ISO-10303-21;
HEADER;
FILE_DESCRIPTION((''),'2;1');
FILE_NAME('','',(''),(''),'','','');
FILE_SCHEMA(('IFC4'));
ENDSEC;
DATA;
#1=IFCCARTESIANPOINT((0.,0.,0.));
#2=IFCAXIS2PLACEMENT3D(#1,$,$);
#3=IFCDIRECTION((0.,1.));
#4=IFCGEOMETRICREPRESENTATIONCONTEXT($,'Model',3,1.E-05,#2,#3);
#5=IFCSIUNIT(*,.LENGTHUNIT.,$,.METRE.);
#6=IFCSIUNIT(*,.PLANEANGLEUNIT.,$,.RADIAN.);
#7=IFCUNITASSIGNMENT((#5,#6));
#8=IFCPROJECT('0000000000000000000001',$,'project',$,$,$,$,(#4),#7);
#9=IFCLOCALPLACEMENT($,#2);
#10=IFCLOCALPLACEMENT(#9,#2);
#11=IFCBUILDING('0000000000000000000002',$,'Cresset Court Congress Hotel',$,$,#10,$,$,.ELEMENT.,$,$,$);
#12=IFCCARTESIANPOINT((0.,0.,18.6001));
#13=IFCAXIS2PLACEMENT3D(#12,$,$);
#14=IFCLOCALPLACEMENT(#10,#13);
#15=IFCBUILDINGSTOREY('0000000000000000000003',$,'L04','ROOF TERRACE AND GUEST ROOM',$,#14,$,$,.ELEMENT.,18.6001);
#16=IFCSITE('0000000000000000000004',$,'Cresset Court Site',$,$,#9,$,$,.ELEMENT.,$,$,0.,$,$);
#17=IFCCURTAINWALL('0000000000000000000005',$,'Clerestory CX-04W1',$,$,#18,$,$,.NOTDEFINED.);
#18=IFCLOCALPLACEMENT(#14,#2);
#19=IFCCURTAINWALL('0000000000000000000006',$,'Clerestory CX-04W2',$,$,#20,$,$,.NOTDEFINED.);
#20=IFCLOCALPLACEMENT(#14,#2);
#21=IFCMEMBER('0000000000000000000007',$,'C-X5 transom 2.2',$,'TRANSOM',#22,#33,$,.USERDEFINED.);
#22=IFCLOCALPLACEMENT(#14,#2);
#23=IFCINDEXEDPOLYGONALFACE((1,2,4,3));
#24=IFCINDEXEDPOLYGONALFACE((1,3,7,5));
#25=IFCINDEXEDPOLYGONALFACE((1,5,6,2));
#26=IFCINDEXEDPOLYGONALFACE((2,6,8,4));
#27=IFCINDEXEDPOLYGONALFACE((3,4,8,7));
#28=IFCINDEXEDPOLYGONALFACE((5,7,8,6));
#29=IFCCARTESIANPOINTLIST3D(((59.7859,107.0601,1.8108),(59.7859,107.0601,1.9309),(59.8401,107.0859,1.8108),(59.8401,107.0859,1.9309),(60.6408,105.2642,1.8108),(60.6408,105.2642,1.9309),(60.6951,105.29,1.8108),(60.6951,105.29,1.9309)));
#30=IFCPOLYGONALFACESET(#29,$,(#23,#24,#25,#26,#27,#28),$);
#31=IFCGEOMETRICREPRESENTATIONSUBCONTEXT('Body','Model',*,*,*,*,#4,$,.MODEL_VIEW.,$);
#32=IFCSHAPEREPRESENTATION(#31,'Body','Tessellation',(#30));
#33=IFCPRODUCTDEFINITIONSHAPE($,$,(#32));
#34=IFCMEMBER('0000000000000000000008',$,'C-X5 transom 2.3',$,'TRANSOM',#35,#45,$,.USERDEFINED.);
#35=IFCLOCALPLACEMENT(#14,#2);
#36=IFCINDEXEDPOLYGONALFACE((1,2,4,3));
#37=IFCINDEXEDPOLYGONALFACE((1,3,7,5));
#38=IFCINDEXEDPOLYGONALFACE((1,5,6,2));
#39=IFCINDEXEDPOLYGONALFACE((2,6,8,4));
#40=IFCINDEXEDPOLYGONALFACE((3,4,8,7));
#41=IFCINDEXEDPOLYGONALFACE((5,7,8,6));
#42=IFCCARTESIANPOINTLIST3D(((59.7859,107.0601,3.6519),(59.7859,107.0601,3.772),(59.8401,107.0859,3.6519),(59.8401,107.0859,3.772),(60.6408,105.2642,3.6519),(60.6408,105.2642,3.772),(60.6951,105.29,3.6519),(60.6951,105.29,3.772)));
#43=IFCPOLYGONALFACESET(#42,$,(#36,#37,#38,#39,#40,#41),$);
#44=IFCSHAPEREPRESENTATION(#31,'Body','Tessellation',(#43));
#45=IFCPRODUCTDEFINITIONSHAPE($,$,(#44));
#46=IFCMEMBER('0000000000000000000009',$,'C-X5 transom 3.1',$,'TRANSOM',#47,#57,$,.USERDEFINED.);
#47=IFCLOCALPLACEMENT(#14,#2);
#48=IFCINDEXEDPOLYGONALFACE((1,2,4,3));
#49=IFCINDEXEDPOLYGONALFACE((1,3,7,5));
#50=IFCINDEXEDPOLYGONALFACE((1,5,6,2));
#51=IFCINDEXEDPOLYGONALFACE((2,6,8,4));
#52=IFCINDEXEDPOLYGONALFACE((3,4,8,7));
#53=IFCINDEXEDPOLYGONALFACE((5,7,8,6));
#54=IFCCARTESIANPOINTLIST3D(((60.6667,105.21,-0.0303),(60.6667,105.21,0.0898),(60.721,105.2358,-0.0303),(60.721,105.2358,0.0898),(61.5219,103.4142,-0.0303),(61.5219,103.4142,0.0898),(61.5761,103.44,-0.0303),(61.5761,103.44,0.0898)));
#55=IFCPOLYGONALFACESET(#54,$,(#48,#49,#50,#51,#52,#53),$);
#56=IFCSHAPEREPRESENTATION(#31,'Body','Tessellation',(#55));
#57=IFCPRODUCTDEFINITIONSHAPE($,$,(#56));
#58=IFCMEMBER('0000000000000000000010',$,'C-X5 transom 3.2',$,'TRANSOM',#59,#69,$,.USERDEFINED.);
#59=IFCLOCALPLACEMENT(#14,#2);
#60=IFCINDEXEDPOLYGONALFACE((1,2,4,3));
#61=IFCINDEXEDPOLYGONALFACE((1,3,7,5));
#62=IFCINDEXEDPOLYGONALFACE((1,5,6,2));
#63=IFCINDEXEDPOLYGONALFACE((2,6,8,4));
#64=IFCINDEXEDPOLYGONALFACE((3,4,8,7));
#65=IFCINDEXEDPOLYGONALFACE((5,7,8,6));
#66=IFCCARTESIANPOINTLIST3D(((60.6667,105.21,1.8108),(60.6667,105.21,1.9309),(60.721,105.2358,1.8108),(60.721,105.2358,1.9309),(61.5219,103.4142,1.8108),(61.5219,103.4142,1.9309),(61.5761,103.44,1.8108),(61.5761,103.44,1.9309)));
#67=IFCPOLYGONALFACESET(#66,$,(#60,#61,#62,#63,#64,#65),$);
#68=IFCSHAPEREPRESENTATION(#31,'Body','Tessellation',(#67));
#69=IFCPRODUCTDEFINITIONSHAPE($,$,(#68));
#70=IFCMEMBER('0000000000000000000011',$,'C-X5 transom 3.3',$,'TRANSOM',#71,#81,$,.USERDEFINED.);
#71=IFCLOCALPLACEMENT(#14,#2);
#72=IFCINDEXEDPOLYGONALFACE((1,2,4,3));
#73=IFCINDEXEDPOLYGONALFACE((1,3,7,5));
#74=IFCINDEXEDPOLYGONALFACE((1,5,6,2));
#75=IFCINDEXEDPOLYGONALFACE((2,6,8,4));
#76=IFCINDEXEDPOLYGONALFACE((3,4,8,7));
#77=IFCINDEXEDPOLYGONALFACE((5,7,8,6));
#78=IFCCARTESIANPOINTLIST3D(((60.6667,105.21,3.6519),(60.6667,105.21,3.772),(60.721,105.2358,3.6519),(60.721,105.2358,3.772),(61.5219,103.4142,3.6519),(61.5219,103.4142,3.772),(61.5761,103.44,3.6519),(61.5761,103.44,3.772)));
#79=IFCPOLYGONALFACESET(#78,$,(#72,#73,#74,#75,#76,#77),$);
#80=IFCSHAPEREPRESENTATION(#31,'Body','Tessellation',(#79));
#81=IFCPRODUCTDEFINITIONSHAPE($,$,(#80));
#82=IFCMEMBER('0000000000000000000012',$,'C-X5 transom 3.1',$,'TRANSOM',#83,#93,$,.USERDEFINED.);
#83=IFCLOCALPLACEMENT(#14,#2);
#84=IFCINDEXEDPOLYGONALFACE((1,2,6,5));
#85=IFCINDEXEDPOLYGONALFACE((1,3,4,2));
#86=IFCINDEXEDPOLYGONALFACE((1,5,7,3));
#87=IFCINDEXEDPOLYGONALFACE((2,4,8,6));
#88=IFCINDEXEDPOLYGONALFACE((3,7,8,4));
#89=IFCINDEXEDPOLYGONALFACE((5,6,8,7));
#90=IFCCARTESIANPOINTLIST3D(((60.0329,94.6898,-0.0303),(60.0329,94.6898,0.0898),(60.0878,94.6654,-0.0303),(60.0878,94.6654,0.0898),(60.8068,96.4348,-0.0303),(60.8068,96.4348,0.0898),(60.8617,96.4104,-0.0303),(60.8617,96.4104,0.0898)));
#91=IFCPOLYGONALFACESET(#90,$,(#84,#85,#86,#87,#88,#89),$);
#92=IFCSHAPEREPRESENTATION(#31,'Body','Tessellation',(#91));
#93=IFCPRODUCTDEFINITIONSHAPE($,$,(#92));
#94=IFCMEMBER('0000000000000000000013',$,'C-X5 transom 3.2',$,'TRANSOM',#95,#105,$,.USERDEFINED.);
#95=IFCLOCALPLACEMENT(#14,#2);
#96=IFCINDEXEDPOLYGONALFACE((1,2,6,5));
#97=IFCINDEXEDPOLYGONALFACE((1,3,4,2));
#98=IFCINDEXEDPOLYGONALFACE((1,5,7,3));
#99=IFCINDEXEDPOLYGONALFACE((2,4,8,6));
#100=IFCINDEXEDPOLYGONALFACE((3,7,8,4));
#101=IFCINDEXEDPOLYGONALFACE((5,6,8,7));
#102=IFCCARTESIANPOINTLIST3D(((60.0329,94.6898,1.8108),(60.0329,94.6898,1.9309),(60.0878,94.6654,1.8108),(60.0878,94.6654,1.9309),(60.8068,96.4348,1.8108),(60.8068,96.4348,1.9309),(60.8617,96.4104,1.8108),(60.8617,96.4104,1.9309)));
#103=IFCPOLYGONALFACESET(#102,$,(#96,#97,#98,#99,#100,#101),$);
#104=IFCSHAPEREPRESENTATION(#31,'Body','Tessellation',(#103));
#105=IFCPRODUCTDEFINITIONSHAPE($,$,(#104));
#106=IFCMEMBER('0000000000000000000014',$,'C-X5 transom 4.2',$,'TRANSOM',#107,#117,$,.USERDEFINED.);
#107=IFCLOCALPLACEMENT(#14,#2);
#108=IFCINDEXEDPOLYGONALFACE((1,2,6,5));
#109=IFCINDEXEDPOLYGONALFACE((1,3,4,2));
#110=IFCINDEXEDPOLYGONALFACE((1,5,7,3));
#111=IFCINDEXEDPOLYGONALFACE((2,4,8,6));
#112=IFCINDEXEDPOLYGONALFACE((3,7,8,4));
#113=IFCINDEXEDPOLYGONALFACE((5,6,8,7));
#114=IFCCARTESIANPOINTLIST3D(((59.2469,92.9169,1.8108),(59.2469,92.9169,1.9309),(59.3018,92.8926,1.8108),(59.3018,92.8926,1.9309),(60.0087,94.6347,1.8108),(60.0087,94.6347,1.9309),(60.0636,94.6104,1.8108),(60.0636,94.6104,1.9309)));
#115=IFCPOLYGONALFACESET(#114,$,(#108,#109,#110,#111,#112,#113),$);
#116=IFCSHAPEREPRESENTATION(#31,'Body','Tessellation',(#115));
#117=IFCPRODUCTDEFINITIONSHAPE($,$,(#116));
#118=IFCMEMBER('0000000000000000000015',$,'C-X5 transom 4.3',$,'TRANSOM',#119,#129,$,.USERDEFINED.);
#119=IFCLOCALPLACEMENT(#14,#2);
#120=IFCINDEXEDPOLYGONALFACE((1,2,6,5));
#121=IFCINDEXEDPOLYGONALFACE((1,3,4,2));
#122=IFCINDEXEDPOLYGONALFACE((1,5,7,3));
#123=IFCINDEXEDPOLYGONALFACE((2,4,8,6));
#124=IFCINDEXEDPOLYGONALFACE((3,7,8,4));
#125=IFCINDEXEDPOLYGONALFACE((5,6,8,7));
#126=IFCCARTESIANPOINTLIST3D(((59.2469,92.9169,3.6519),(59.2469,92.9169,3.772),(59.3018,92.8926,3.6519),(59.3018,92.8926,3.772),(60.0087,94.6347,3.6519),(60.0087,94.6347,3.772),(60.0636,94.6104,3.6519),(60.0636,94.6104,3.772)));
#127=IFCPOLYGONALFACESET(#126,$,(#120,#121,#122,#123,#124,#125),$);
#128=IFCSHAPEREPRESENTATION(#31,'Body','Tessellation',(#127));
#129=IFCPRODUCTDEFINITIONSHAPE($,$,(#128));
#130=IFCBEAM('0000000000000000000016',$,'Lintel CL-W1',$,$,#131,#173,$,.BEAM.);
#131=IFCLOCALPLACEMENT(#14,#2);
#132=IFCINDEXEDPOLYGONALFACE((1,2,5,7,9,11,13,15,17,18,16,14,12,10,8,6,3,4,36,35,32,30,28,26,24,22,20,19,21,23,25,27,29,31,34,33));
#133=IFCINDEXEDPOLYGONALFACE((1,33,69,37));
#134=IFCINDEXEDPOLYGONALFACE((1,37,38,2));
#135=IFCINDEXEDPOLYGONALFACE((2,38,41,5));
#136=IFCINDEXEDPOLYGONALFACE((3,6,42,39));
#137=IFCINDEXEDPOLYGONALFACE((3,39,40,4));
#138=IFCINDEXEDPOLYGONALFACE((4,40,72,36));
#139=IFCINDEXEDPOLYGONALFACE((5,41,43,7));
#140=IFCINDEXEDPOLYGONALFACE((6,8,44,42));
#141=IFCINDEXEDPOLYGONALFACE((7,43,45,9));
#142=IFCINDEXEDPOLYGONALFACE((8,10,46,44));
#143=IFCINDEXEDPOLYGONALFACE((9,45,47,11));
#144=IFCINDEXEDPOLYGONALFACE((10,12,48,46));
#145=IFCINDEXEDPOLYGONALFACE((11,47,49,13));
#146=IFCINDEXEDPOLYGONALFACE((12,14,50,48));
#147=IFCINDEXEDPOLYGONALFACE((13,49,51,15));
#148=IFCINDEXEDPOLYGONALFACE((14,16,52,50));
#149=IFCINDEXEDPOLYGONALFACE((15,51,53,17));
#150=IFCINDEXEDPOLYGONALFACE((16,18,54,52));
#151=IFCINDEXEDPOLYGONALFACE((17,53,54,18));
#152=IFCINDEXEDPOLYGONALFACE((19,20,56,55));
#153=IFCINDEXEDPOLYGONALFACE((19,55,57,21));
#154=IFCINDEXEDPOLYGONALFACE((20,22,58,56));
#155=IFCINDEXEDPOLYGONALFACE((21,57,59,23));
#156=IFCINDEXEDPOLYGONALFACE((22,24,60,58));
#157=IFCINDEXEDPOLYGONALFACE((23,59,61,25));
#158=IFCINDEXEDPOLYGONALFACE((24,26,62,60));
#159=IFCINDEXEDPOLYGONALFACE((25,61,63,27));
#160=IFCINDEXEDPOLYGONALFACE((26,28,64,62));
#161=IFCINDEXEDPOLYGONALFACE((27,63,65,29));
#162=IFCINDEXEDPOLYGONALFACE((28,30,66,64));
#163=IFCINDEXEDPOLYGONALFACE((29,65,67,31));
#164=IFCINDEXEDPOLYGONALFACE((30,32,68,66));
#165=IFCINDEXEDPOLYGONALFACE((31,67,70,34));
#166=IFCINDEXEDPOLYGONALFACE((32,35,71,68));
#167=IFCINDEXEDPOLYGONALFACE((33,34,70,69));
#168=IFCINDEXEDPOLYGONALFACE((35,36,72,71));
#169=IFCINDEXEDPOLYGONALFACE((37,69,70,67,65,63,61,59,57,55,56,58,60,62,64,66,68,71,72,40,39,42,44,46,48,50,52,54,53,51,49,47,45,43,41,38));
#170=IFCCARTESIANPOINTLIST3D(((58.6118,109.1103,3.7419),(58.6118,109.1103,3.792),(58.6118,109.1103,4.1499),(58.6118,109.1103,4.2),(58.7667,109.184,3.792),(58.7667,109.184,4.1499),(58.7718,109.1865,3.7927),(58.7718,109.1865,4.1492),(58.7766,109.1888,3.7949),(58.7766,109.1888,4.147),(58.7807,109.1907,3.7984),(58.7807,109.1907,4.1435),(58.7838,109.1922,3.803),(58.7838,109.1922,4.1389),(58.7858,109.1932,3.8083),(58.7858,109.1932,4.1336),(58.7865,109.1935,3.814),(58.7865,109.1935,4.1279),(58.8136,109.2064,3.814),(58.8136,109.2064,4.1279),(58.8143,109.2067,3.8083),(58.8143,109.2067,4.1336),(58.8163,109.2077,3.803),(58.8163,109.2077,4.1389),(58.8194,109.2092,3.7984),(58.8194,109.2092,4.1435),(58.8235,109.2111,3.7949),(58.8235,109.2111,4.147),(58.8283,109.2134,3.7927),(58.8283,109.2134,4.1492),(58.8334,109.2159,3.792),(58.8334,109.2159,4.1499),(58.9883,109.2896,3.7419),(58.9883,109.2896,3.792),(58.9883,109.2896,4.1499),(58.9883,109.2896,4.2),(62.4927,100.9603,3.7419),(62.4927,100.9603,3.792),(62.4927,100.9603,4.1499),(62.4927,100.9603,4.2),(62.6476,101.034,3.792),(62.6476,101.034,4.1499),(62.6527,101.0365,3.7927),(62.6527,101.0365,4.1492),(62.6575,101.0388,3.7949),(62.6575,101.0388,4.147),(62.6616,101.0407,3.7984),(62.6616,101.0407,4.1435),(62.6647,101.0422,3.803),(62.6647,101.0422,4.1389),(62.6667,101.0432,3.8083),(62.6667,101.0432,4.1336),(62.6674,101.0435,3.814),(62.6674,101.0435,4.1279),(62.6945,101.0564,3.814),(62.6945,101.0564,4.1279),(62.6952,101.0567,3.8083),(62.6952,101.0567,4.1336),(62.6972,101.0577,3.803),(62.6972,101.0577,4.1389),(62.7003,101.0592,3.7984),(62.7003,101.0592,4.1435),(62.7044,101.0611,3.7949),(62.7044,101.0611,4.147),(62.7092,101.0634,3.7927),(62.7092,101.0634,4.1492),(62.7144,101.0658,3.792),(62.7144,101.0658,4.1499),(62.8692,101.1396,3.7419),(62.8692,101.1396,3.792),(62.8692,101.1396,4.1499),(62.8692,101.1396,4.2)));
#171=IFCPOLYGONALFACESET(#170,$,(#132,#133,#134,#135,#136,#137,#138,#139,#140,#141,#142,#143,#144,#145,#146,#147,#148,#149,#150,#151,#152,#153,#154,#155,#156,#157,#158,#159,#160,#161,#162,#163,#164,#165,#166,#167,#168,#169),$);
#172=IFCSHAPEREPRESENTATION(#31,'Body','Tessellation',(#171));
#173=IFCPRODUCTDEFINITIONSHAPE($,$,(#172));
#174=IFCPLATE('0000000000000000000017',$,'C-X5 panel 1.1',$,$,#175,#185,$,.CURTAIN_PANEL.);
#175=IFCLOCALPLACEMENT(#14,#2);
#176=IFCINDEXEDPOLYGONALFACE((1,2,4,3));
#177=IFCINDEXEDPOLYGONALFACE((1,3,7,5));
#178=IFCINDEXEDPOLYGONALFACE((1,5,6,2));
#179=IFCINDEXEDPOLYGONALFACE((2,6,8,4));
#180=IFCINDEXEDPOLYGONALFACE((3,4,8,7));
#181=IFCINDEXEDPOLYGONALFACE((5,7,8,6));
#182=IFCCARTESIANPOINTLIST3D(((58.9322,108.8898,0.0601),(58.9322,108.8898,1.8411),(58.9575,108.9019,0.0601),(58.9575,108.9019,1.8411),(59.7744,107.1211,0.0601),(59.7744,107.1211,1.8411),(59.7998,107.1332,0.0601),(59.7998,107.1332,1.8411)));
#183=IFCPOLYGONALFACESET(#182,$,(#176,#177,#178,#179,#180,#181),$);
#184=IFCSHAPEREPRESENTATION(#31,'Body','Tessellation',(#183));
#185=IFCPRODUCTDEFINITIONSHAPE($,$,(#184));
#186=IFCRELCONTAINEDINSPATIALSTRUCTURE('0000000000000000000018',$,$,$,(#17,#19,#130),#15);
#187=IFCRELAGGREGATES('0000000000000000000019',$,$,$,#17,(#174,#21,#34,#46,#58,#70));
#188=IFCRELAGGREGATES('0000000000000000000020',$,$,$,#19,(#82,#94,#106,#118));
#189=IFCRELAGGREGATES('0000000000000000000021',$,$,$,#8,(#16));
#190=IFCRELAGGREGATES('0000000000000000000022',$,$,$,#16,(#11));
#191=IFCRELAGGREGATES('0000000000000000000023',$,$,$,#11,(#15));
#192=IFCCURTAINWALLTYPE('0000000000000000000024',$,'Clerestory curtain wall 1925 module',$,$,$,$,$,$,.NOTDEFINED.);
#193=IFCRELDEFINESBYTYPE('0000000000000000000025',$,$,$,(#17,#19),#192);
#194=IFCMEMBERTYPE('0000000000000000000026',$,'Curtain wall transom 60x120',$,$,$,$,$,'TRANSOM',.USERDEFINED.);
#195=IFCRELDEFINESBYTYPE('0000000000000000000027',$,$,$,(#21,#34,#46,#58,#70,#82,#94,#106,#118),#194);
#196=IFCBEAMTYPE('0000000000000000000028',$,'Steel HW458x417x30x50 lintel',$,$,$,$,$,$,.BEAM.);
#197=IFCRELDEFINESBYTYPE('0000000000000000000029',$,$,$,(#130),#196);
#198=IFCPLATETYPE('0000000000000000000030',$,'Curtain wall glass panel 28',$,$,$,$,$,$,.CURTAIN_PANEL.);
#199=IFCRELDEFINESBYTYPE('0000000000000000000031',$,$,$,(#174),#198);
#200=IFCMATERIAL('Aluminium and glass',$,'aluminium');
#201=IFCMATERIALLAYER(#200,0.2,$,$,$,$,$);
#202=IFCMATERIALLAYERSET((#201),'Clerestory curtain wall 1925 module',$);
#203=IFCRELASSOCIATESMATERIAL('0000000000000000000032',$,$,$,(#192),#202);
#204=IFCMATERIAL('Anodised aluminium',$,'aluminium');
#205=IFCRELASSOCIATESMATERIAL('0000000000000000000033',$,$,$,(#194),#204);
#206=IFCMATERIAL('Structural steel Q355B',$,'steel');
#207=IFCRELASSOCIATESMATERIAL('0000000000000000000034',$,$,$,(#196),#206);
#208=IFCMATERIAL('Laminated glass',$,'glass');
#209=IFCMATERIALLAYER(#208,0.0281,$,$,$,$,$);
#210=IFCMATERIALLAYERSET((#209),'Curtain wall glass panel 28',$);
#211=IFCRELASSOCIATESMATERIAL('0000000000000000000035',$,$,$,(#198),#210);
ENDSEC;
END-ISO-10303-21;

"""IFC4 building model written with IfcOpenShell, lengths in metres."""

from ifc_helpers import new_model, si_unit, direction, frame, origin, origin_2d, place, context, subcontext, project, spatial, rectangle, i_section, extrude, material, layer, layer_set, material_profile, profile_set, type_object, element, aggregate, save


model = new_model("IFC4")

# Units and contexts
model_context = context("Model", 3, precision=1e-05, world=origin(), true_north=direction((0.0, 1.0)))
body_context = subcontext(model_context, "Body", "Model", "MODEL_VIEW")
ifc_project = project(units=[si_unit("LENGTHUNIT", "METRE"), si_unit("PLANEANGLEUNIT", "RADIAN")], contexts=[model_context])

# Site, building, storey
site_placement = place(None, origin())
site = spatial("IfcSite", under=ifc_project, at=site_placement, Name="Cresset Court Site", CompositionType="ELEMENT", RefElevation=0.0)
building_placement = place(site_placement, origin())
building = spatial("IfcBuilding", under=site, at=building_placement, Name="Cresset Court Congress Hotel", CompositionType="ELEMENT")
storey_placement = place(building_placement, frame((0.0, 0.0, 18.6001)))
storey = spatial("IfcBuildingStorey", under=building, at=storey_placement, Name="L04", Description="ROOF TERRACE AND GUEST ROOM", CompositionType="ELEMENT", Elevation=18.6001)

# Curtain wall
ifc_material_1 = material(Name="Aluminium and glass", Category="aluminium")
ifc_layer_1 = layer(ifc_material_1, 0.2)
ifc_layer_set_1 = layer_set([ifc_layer_1], Name="Clerestory curtain wall 1925 module")
curtain_wall_type = type_object("IfcCurtainWallType", Name="Clerestory curtain wall 1925 module", PredefinedType="NOTDEFINED", material=ifc_layer_set_1)
curtain_wall_1_placement = place(storey_placement, origin())
curtain_wall_1 = element("IfcCurtainWall", 1, at=curtain_wall_1_placement, inside=storey, type_object=curtain_wall_type, Name="Clerestory CX-04W1", PredefinedType="NOTDEFINED")

# Curtain wall
curtain_wall_2_placement = place(storey_placement, origin())
curtain_wall_2 = element("IfcCurtainWall", 2, at=curtain_wall_2_placement, inside=storey, type_object=curtain_wall_type, Name="Clerestory CX-04W2", PredefinedType="NOTDEFINED")

# Members
ifc_material_2 = material(Name="Anodised aluminium", Category="aluminium")
ifc_material_profile_1 = material_profile(ifc_material_2, rectangle(XDim=0.0601, YDim=0.1201, at=origin_2d()), Name="AL60x120")
ifc_profile_set_1 = profile_set([ifc_material_profile_1], Name="Anodised aluminium")
member_type_1 = type_object("IfcMemberType", Name="Curtain wall transom 60x120", ElementType="TRANSOM", PredefinedType="USERDEFINED", material=ifc_profile_set_1)
member_1_placement = place(storey_placement, frame((59.813, 107.073, 1.8708), z_axis=(0.429848, -0.902901, 0.0), x_axis=(0.902901, 0.429848, 0.0)))
member_1 = element("IfcMember", 3, at=member_1_placement, type_object=member_type_1, Name="C-X5 transom 2.2", ObjectType="TRANSOM", PredefinedType="USERDEFINED", context=body_context, shape_type="SweptSolid", body=[
    extrude(rectangle(XDim=0.0601, YDim=0.1201, at=origin_2d()), origin(), (0.0, 0.0, 1.0), 1.989),
])
member_2_placement = place(storey_placement, frame((59.813, 107.073, 3.7119), z_axis=(0.429848, -0.902901, 0.0), x_axis=(0.902901, 0.429848, 0.0)))
member_2 = element("IfcMember", 4, at=member_2_placement, type_object=member_type_1, Name="C-X5 transom 2.3", ObjectType="TRANSOM", PredefinedType="USERDEFINED", context=body_context, shape_type="SweptSolid", body=[
    extrude(rectangle(XDim=0.0601, YDim=0.1201, at=origin_2d()), origin(), (0.0, 0.0, 1.0), 1.989),
])
member_3_placement = place(storey_placement, frame((60.6938, 105.2229, 0.0298), z_axis=(0.429948, -0.902854, 0.0), x_axis=(0.902854, 0.429948, 0.0)))
member_3 = element("IfcMember", 5, at=member_3_placement, type_object=member_type_1, Name="C-X5 transom 3.1", ObjectType="TRANSOM", PredefinedType="USERDEFINED", context=body_context, shape_type="SweptSolid", body=[
    extrude(rectangle(XDim=0.0601, YDim=0.1201, at=origin_2d()), origin(), (0.0, 0.0, 1.0), 1.989),
])
member_4_placement = place(storey_placement, frame((60.6938, 105.2229, 1.8708), z_axis=(0.429948, -0.902854, 0.0), x_axis=(0.902854, 0.429948, 0.0)))
member_4 = element("IfcMember", 6, at=member_4_placement, type_object=member_type_1, Name="C-X5 transom 3.2", ObjectType="TRANSOM", PredefinedType="USERDEFINED", context=body_context, shape_type="SweptSolid", body=[
    extrude(rectangle(XDim=0.0601, YDim=0.1201, at=origin_2d()), origin(), (0.0, 0.0, 1.0), 1.989),
])
member_5_placement = place(storey_placement, frame((60.6938, 105.2229, 3.7119), z_axis=(0.429948, -0.902854, 0.0), x_axis=(0.902854, 0.429948, 0.0)))
member_5 = element("IfcMember", 7, at=member_5_placement, type_object=member_type_1, Name="C-X5 transom 3.3", ObjectType="TRANSOM", PredefinedType="USERDEFINED", context=body_context, shape_type="SweptSolid", body=[
    extrude(rectangle(XDim=0.0601, YDim=0.1201, at=origin_2d()), origin(), (0.0, 0.0, 1.0), 1.989),
])
member_6_placement = place(storey_placement, frame((60.8342, 96.4226, 0.0298), z_axis=(-0.405403, -0.914138, 0.0), x_axis=(0.914138, -0.405403, 0.0)))
member_6 = element("IfcMember", 8, at=member_6_placement, type_object=member_type_1, Name="C-X5 transom 3.1", ObjectType="TRANSOM", PredefinedType="USERDEFINED", context=body_context, shape_type="SweptSolid", body=[
    extrude(rectangle(XDim=0.0601, YDim=0.1201, at=origin_2d()), origin(), (0.0, 0.0, 1.0), 1.9089),
])
member_7_placement = place(storey_placement, frame((60.8342, 96.4226, 1.8708), z_axis=(-0.405403, -0.914138, 0.0), x_axis=(0.914138, -0.405403, 0.0)))
member_7 = element("IfcMember", 9, at=member_7_placement, type_object=member_type_1, Name="C-X5 transom 3.2", ObjectType="TRANSOM", PredefinedType="USERDEFINED", context=body_context, shape_type="SweptSolid", body=[
    extrude(rectangle(XDim=0.0601, YDim=0.1201, at=origin_2d()), origin(), (0.0, 0.0, 1.0), 1.9089),
])
member_8_placement = place(storey_placement, frame((60.0361, 94.6226, 1.8708), z_axis=(-0.405367, -0.914154, 0.0), x_axis=(0.914154, -0.405367, 0.0)))
member_8 = element("IfcMember", 10, at=member_8_placement, type_object=member_type_1, Name="C-X5 transom 4.2", ObjectType="TRANSOM", PredefinedType="USERDEFINED", context=body_context, shape_type="SweptSolid", body=[
    extrude(rectangle(XDim=0.0601, YDim=0.1201, at=origin_2d()), origin(), (0.0, 0.0, 1.0), 1.8792),
])
member_9_placement = place(storey_placement, frame((60.0361, 94.6226, 3.7119), z_axis=(-0.405367, -0.914154, 0.0), x_axis=(0.914154, -0.405367, 0.0)))
member_9 = element("IfcMember", 11, at=member_9_placement, type_object=member_type_1, Name="C-X5 transom 4.3", ObjectType="TRANSOM", PredefinedType="USERDEFINED", context=body_context, shape_type="SweptSolid", body=[
    extrude(rectangle(XDim=0.0601, YDim=0.1201, at=origin_2d()), origin(), (0.0, 0.0, 1.0), 1.8792),
])

# Beam
ifc_material_3 = material(Name="Structural steel Q355B", Category="steel")
ifc_material_profile_2 = material_profile(ifc_material_3, i_section(OverallWidth=0.417, OverallDepth=0.458, WebThickness=0.03, FlangeThickness=0.05, FilletRadius=0.022, at=origin_2d()), Name="HW458x417x30x50")
ifc_profile_set_2 = profile_set([ifc_material_profile_2], Name="Structural steel Q355B")
beam_type = type_object("IfcBeamType", Name="Steel HW458x417x30x50 lintel", PredefinedType="BEAM", material=ifc_profile_set_2)
beam_placement = place(storey_placement, frame((58.8, 109.2, 3.9709), z_axis=(0.429929, -0.902863, 0.0), x_axis=(0.902863, 0.429929, 0.0)))
element("IfcBeam", 12, at=beam_placement, inside=storey, type_object=beam_type, Name="Lintel CL-W1", PredefinedType="BEAM", context=body_context, shape_type="SweptSolid", body=[
    extrude(i_section(OverallWidth=0.417, OverallDepth=0.458, WebThickness=0.03, FlangeThickness=0.05, FilletRadius=0.022, at=origin_2d()), origin(), (0.0, 0.0, 1.0), 9.0269),
])

# Plate
ifc_material_4 = material(Name="Laminated glass", Category="glass")
ifc_layer_2 = layer(ifc_material_4, 0.0281)
ifc_layer_set_2 = layer_set([ifc_layer_2], Name="Curtain wall glass panel 28")
plate_type = type_object("IfcPlateType", Name="Curtain wall glass panel 28", PredefinedType="CURTAIN_PANEL", material=ifc_layer_set_2)
plate_1_placement = place(storey_placement, frame((59.366, 108.0115, 0.0601), z_axis=(0.0, 0.0, 1.0), x_axis=(0.429934, -0.902861, 0.0)))
plate_1 = element("IfcPlate", 13, at=plate_1_placement, type_object=plate_type, Name="C-X5 panel 1.1", PredefinedType="CURTAIN_PANEL", context=body_context, shape_type="SweptSolid", body=[
    extrude(rectangle(XDim=1.959, YDim=0.0281, at=origin_2d()), origin(), (0.0, 0.0, 1.0), 1.781),
])
aggregate(curtain_wall_1, [plate_1, member_1, member_2, member_3, member_4, member_5])
aggregate(curtain_wall_2, [member_6, member_7, member_8, member_9])

save(model, "model.ifc")
